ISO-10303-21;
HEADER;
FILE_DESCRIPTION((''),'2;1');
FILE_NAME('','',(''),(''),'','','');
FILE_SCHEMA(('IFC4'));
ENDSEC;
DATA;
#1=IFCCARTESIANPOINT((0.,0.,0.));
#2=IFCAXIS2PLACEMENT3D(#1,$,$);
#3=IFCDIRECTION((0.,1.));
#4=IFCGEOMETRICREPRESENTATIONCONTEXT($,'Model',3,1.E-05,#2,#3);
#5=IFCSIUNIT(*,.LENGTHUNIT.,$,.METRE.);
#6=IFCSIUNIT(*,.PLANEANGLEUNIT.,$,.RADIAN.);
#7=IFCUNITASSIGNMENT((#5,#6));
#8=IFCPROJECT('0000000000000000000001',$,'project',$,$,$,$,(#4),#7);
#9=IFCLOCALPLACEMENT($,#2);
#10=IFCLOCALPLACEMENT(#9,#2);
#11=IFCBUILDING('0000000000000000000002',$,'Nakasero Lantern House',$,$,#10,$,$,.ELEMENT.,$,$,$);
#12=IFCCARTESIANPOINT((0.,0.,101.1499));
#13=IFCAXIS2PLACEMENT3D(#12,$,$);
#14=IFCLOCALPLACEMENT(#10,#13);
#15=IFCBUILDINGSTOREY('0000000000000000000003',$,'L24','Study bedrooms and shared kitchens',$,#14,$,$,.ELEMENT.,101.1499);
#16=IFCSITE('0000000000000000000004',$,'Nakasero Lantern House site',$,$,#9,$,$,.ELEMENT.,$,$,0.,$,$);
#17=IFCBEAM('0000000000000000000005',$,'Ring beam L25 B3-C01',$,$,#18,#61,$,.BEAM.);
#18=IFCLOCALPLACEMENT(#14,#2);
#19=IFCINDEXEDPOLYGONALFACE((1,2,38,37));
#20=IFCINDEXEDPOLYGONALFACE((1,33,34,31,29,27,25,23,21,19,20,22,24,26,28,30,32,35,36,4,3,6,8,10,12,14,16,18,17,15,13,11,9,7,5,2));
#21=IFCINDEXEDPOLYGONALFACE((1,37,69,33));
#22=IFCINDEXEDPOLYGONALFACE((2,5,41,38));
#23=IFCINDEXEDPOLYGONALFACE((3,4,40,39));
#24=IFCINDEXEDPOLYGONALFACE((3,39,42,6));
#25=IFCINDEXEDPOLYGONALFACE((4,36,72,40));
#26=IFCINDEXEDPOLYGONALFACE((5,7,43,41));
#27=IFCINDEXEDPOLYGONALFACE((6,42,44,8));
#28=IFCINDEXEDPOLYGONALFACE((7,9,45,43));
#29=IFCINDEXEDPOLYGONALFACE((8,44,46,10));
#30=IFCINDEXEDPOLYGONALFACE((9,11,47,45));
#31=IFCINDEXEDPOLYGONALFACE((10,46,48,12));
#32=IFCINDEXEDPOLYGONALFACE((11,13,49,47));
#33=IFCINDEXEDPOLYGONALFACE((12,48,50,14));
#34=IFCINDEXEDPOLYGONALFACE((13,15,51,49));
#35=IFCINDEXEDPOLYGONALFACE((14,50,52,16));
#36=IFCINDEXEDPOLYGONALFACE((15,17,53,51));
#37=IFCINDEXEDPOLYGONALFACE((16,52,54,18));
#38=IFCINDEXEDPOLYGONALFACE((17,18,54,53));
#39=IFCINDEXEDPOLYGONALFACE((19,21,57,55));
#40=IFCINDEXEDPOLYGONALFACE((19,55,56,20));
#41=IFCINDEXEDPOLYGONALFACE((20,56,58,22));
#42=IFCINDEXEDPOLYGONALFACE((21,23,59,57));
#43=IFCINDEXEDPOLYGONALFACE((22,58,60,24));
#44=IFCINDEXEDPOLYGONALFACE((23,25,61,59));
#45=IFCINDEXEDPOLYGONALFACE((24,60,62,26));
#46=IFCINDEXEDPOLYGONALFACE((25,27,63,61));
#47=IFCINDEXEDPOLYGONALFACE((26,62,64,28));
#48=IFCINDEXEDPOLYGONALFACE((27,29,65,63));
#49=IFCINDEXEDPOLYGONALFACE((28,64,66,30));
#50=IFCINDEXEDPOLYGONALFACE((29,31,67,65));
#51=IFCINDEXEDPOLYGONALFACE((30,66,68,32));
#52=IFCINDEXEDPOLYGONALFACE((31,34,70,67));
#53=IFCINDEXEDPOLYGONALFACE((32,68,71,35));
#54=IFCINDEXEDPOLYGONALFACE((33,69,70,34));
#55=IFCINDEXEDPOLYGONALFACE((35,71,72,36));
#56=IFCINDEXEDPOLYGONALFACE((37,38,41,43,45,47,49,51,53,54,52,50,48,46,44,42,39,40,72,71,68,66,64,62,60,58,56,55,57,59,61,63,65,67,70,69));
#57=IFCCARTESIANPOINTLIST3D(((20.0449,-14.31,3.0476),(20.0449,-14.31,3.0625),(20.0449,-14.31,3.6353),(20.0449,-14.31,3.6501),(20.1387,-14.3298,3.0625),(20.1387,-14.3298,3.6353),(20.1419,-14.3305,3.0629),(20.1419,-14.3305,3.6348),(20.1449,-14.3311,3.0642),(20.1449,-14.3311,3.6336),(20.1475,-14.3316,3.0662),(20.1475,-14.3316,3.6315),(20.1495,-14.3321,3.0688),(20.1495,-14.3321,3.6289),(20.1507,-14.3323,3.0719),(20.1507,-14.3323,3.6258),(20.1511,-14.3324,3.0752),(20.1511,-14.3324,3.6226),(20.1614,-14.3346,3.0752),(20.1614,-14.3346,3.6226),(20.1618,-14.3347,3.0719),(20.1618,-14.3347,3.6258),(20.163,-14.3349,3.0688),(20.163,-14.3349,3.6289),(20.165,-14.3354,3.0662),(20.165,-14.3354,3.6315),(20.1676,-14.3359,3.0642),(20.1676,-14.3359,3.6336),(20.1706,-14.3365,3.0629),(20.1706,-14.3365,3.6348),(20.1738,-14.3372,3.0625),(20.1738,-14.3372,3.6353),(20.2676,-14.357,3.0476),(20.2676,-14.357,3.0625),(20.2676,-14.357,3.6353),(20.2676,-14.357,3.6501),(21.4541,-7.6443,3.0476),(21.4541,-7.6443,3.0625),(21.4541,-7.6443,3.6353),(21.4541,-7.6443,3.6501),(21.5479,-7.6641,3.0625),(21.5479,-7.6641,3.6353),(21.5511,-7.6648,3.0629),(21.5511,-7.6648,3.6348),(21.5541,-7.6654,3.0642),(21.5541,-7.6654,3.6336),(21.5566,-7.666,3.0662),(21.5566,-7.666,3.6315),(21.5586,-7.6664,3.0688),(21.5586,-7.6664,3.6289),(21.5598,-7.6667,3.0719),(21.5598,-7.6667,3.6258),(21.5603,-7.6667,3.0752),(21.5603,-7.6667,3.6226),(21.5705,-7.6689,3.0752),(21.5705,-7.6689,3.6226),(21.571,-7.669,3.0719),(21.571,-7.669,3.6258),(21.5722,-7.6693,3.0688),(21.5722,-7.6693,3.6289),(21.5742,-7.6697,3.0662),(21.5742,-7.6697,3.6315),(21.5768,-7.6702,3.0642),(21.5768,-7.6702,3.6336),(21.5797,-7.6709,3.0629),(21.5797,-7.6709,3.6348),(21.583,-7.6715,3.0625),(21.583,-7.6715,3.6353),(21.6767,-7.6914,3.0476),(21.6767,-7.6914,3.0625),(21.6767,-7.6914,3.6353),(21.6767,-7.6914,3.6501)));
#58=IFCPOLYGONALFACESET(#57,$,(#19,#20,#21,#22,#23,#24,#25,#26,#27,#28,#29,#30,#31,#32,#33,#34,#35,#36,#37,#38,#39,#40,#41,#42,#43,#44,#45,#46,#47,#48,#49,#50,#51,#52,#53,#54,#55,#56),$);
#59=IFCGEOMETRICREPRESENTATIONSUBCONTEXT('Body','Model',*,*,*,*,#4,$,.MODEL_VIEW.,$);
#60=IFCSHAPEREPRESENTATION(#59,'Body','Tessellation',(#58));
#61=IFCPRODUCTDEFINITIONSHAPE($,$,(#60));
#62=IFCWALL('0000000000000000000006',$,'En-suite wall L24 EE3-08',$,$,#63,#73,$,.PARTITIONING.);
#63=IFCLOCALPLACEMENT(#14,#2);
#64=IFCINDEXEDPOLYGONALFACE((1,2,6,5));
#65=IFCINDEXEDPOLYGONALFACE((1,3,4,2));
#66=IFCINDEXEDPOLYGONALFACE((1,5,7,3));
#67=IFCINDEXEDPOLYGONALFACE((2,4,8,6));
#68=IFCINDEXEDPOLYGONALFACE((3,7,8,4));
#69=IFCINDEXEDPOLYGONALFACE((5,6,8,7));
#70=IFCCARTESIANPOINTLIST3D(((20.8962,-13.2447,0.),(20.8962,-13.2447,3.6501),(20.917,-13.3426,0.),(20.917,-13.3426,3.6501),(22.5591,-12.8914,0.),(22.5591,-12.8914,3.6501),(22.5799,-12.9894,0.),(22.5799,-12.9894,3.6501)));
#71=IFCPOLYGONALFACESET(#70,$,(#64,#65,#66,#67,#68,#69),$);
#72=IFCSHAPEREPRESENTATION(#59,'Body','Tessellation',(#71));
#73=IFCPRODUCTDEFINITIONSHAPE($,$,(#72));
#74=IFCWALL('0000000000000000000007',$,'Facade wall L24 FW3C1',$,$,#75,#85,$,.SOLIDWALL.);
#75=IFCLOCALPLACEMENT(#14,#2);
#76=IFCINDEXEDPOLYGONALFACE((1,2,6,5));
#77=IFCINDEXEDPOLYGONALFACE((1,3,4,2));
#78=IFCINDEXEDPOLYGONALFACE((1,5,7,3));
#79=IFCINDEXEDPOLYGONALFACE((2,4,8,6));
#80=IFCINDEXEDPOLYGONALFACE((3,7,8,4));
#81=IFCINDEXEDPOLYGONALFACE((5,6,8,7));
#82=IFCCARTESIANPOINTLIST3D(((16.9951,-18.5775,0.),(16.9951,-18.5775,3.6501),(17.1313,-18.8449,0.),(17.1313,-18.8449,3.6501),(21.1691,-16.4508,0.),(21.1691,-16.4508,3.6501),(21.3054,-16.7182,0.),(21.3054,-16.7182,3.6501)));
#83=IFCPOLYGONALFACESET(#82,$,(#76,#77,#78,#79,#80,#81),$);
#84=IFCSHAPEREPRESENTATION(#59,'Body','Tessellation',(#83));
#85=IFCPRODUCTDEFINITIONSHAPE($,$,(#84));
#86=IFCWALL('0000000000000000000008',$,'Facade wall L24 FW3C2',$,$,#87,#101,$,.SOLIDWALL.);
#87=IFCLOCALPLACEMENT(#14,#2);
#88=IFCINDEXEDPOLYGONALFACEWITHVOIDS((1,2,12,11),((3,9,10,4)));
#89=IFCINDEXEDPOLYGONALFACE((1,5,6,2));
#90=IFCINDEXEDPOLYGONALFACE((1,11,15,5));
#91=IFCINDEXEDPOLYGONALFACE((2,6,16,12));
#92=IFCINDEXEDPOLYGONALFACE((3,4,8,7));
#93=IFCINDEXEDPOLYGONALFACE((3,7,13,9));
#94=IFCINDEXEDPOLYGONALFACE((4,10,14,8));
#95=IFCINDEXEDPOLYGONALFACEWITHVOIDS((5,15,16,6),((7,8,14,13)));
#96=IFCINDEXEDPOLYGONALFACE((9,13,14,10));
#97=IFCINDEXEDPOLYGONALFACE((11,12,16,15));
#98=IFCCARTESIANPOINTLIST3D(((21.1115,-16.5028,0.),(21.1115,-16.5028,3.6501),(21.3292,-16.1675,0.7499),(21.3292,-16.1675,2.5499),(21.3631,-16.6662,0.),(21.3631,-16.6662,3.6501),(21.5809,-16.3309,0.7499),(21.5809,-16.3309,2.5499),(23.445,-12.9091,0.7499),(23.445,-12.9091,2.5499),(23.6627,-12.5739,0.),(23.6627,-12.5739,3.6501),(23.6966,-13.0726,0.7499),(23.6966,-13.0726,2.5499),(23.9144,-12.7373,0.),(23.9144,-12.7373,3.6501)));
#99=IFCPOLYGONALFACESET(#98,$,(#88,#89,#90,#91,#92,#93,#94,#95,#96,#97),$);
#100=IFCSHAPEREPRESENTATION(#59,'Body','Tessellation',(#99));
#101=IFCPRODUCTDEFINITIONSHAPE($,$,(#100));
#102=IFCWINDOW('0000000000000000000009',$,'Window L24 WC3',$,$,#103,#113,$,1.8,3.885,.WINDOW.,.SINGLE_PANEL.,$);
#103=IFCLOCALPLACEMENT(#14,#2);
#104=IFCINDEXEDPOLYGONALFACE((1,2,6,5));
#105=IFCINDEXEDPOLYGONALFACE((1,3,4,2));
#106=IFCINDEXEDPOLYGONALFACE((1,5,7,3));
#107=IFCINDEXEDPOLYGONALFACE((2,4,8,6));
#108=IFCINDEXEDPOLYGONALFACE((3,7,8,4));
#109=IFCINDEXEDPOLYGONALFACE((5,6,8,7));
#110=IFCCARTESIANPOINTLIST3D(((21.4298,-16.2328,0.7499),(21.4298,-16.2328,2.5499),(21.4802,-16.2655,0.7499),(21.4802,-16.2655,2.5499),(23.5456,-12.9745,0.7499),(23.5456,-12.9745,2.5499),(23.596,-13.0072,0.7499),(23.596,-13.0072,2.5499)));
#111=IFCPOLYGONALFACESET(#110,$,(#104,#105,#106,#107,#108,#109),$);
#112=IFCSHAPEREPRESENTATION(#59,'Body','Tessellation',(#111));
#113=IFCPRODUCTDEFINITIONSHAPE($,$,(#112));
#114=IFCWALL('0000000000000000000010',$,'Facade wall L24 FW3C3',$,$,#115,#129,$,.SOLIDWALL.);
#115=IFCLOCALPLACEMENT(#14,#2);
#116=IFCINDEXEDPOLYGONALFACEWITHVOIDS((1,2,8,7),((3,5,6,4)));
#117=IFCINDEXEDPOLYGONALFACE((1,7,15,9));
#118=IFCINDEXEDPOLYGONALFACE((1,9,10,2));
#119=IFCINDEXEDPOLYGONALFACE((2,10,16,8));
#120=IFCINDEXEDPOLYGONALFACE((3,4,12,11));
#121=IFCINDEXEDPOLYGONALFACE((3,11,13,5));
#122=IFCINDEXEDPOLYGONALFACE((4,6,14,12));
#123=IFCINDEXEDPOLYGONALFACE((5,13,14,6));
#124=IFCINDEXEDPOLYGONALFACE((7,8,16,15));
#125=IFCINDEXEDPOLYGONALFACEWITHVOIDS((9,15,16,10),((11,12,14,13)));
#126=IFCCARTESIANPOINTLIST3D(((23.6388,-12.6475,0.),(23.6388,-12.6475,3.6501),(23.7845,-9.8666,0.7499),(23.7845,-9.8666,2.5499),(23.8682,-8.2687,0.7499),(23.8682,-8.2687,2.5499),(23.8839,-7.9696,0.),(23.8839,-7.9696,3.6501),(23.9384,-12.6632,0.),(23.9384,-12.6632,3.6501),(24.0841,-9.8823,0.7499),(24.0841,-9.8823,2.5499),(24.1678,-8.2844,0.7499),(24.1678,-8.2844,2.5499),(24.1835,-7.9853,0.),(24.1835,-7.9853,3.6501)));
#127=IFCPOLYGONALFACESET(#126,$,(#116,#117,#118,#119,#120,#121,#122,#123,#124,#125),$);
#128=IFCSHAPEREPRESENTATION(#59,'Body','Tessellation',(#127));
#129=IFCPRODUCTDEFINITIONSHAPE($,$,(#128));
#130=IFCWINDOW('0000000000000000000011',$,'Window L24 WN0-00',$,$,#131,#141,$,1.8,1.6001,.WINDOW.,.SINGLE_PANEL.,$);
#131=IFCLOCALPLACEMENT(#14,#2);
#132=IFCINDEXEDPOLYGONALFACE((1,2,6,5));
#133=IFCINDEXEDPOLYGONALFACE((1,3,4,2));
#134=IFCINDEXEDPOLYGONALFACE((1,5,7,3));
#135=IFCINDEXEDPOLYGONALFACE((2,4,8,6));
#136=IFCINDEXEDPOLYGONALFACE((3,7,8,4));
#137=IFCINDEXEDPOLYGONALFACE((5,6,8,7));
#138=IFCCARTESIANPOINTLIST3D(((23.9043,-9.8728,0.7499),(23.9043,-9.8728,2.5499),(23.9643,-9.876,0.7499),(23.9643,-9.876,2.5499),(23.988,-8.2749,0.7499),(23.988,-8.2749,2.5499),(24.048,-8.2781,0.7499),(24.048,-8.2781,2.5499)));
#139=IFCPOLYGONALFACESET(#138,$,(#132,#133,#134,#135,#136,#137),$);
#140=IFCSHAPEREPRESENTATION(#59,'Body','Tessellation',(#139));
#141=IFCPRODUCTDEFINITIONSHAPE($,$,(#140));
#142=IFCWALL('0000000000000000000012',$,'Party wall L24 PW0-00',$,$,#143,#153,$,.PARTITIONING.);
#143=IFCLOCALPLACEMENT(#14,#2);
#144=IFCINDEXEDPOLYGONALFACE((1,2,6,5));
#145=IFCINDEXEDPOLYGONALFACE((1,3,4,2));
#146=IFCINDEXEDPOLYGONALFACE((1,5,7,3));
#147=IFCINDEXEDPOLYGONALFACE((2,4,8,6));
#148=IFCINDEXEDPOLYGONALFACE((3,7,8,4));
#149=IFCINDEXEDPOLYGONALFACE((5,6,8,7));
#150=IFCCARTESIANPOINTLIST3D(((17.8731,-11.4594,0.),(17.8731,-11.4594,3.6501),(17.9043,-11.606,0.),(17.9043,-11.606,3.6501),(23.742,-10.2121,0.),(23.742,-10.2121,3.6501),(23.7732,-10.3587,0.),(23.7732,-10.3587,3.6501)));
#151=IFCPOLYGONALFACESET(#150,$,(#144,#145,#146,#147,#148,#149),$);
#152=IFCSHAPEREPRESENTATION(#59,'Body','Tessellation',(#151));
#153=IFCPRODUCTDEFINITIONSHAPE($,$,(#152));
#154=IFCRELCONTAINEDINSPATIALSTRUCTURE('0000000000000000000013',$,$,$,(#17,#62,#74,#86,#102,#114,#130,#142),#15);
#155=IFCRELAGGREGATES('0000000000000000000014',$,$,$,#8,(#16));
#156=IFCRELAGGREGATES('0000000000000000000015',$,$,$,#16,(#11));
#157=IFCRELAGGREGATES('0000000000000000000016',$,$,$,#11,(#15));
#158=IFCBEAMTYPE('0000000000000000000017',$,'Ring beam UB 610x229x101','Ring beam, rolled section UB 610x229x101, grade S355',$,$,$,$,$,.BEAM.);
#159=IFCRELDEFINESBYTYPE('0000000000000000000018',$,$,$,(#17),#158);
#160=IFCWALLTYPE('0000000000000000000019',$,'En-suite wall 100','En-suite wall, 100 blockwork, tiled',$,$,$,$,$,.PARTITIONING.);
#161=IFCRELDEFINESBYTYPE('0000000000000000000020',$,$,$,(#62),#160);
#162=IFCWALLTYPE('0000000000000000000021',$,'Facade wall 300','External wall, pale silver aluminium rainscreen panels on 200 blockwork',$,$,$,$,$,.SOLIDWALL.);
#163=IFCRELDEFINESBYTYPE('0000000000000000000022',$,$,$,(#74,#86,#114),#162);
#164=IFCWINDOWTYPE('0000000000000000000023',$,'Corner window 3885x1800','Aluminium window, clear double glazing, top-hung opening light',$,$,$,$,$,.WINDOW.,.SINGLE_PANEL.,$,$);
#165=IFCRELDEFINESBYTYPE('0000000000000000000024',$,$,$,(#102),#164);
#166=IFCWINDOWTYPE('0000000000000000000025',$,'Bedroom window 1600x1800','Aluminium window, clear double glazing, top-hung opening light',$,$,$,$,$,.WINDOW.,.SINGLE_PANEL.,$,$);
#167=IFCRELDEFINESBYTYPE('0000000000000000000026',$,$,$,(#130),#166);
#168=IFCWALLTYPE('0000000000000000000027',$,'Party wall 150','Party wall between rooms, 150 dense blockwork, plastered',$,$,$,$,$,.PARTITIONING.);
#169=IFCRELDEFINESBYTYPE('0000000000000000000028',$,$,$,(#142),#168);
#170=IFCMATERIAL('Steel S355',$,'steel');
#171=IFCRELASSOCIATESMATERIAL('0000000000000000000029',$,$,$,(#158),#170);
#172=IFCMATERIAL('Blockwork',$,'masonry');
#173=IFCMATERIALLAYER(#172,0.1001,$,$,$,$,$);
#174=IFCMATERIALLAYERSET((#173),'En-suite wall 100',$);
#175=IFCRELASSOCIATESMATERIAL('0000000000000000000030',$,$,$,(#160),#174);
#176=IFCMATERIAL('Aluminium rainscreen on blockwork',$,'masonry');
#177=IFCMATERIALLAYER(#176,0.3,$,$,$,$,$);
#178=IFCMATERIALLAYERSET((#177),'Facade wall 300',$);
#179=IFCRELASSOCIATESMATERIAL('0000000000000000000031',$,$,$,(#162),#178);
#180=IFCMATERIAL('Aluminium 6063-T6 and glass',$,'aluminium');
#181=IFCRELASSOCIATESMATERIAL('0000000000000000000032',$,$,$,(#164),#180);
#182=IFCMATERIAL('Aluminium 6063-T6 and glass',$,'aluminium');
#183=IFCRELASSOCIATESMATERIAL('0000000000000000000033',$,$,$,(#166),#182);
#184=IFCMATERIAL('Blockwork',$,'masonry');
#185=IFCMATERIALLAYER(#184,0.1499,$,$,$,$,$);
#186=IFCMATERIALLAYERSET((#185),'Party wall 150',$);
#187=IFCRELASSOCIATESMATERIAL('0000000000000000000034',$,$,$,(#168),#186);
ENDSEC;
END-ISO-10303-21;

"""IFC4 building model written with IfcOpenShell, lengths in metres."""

from ifc_helpers import new_model, si_unit, direction, frame, frame_2d, origin, origin_2d, place, context, subcontext, project, spatial, rectangle, i_section, extrude, material, layer, layer_set, material_profile, profile_set, type_object, element, fill, save


model = new_model("IFC4")

# Units and contexts
model_context = context("Model", 3, precision=1e-05, world=origin(), true_north=direction((0.0, 1.0)))
body_context = subcontext(model_context, "Body", "Model", "MODEL_VIEW")
ifc_project = project(units=[si_unit("LENGTHUNIT", "METRE"), si_unit("PLANEANGLEUNIT", "RADIAN")], contexts=[model_context])

# Site, building, storey
site_placement = place(None, origin())
site = spatial("IfcSite", under=ifc_project, at=site_placement, Name="Nakasero Lantern House site", CompositionType="ELEMENT", RefElevation=0.0)
building_placement = place(site_placement, origin())
building = spatial("IfcBuilding", under=site, at=building_placement, Name="Nakasero Lantern House", CompositionType="ELEMENT")
storey_placement = place(building_placement, frame((0.0, 0.0, 101.1499)))
storey = spatial("IfcBuildingStorey", under=building, at=storey_placement, Name="L24", Description="Study bedrooms and shared kitchens", CompositionType="ELEMENT", Elevation=101.1499)

# Beam
ifc_material_1 = material(Name="Steel S355", Category="steel")
ifc_material_profile_1 = material_profile(ifc_material_1, i_section(OverallWidth=0.2275, OverallDepth=0.6025, WebThickness=0.0105, FlangeThickness=0.0149, FilletRadius=0.0127, at=origin_2d()), Name="UB 610x229x101")
ifc_profile_set_1 = profile_set([ifc_material_profile_1], Name="Steel S355")
beam_type_1 = type_object("IfcBeamType", Name="Ring beam UB 610x229x101", Description="Ring beam, rolled section UB 610x229x101, grade S355", PredefinedType="BEAM", material=ifc_profile_set_1)
beam_1_placement = place(storey_placement, frame((20.1562, -14.3335, 3.3489), z_axis=(0.206834, 0.978376, 0.0), x_axis=(-0.978376, 0.206834, 0.0)))
element("IfcBeam", 1, at=beam_1_placement, inside=storey, type_object=beam_type_1, Name="Ring beam L25 B3-C01", PredefinedType="BEAM", context=body_context, shape_type="SweptSolid", body=[
    extrude(i_section(OverallWidth=0.2275, OverallDepth=0.6025, WebThickness=0.0105, FlangeThickness=0.0149, FilletRadius=0.0127, at=origin_2d()), origin(), (0.0, 0.0, 1.0), 6.813),
])

# Walls
ifc_material_2 = material(Name="Blockwork", Category="masonry")
ifc_layer_1 = layer(ifc_material_2, 0.1001)
ifc_layer_set_1 = layer_set([ifc_layer_1], Name="En-suite wall 100")
wall_type_1 = type_object("IfcWallType", Name="En-suite wall 100", Description="En-suite wall, 100 blockwork, tiled", PredefinedType="PARTITIONING", material=ifc_layer_set_1)
wall_1_placement = place(storey_placement, frame((20.9065, -13.2937, 0.0), z_axis=(0.0, 0.0, 1.0), x_axis=(0.978169, 0.207812, 0.0)))
element("IfcWall", 2, at=wall_1_placement, inside=storey, type_object=wall_type_1, Name="En-suite wall L24 EE3-08", PredefinedType="PARTITIONING", context=body_context, shape_type="SweptSolid", body=[
    extrude(rectangle(XDim=1.7, YDim=0.1001, at=frame_2d((0.8501, 0.0))), origin(), (0.0, 0.0, 1.0), 3.6501),
])
ifc_material_3 = material(Name="Aluminium rainscreen on blockwork", Category="masonry")
ifc_layer_2 = layer(ifc_material_3, 0.3)
ifc_layer_set_2 = layer_set([ifc_layer_2], Name="Facade wall 300")
wall_type_2 = type_object("IfcWallType", Name="Facade wall 300", Description="External wall, pale silver aluminium rainscreen panels on 200 blockwork", PredefinedType="SOLIDWALL", material=ifc_layer_set_2)
wall_2_placement = place(storey_placement, frame((17.0632, -18.7112, 0.0), z_axis=(0.0, 0.0, 1.0), x_axis=(0.891014, 0.453976, 0.0)))
element("IfcWall", 3, at=wall_2_placement, inside=storey, type_object=wall_type_2, Name="Facade wall L24 FW3C1", PredefinedType="SOLIDWALL", context=body_context, shape_type="SweptSolid", body=[
    extrude(rectangle(XDim=4.6846, YDim=0.3, at=frame_2d((2.3423, 0.0))), origin(), (0.0, 0.0, 1.0), 3.6501),
])

# Walls, openings, windows
wall_3_placement = place(storey_placement, frame((21.2373, -16.5845, 0.0), z_axis=(0.0, 0.0, 1.0), x_axis=(0.544605, 0.838692, 0.0)))
wall_3 = element("IfcWall", 4, at=wall_3_placement, inside=storey, type_object=wall_type_2, Name="Facade wall L24 FW3C2", PredefinedType="SOLIDWALL", context=body_context, shape_type="SweptSolid", body=[
    extrude(rectangle(XDim=4.6846, YDim=0.3, at=frame_2d((2.3423, 0.0))), origin(), (0.0, 0.0, 1.0), 3.6501),
])
opening_1_placement = place(wall_3_placement, frame((0.3999, 0.0, 0.75)))
opening_1 = element("IfcOpeningElement", 5, at=opening_1_placement, cuts=wall_3, PredefinedType="OPENING", context=body_context, shape_type="SweptSolid", body=[
    extrude(rectangle(XDim=3.885, YDim=1.8, at=frame_2d((1.9424, 0.8999))), frame((0.0, 0.1699, 0.0), z_axis=(0.0, -1.0, 0.0), x_axis=(1.0, 0.0, 0.0)), (0.0, 0.0, 1.0), 0.3401),
])
ifc_material_4 = material(Name="Aluminium 6063-T6 and glass", Category="aluminium")
window_type_1 = type_object("IfcWindowType", Name="Corner window 3885x1800", Description="Aluminium window, clear double glazing, top-hung opening light", PartitioningType="SINGLE_PANEL", PredefinedType="WINDOW", material=ifc_material_4)
window_1_placement = place(opening_1_placement, origin())
window_1 = element("IfcWindow", 6, at=window_1_placement, inside=storey, type_object=window_type_1, Name="Window L24 WC3", OverallHeight=1.8, OverallWidth=3.885, PartitioningType="SINGLE_PANEL", PredefinedType="WINDOW", context=body_context, shape_type="SweptSolid", body=[
    extrude(rectangle(XDim=3.885, YDim=1.8, at=frame_2d((1.9424, 0.8999))), frame((0.0, 0.03, 0.0), z_axis=(0.0, -1.0, 0.0), x_axis=(1.0, 0.0, 0.0)), (0.0, 0.0, 1.0), 0.0601),
])
fill(opening_1, window_1)
wall_4_placement = place(storey_placement, frame((23.7886, -12.6555, 0.0), z_axis=(0.0, 0.0, 1.0), x_axis=(0.052326, 0.99863, 0.0)))
wall_4 = element("IfcWall", 7, at=wall_4_placement, inside=storey, type_object=wall_type_2, Name="Facade wall L24 FW3C3", PredefinedType="SOLIDWALL", context=body_context, shape_type="SweptSolid", body=[
    extrude(rectangle(XDim=4.6843, YDim=0.3, at=frame_2d((2.3423, 0.0))), origin(), (0.0, 0.0, 1.0), 3.6501),
])
opening_2_placement = place(wall_4_placement, frame((2.7849, 0.0, 0.75)))
opening_2 = element("IfcOpeningElement", 8, at=opening_2_placement, cuts=wall_4, PredefinedType="OPENING", context=body_context, shape_type="SweptSolid", body=[
    extrude(rectangle(XDim=1.6001, YDim=1.8, at=frame_2d((0.8, 0.8999))), frame((0.0, 0.1699, 0.0), z_axis=(0.0, -1.0, 0.0), x_axis=(1.0, 0.0, 0.0)), (0.0, 0.0, 1.0), 0.3401),
])
ifc_material_5 = material(Name="Aluminium 6063-T6 and glass", Category="aluminium")
window_type_2 = type_object("IfcWindowType", Name="Bedroom window 1600x1800", Description="Aluminium window, clear double glazing, top-hung opening light", PartitioningType="SINGLE_PANEL", PredefinedType="WINDOW", material=ifc_material_5)
window_2_placement = place(opening_2_placement, origin())
window_2 = element("IfcWindow", 9, at=window_2_placement, inside=storey, type_object=window_type_2, Name="Window L24 WN0-00", OverallHeight=1.8, OverallWidth=1.6001, PartitioningType="SINGLE_PANEL", PredefinedType="WINDOW", context=body_context, shape_type="SweptSolid", body=[
    extrude(rectangle(XDim=1.6001, YDim=1.8, at=frame_2d((0.8, 0.8999))), frame((0.0, 0.03, 0.0), z_axis=(0.0, -1.0, 0.0), x_axis=(1.0, 0.0, 0.0)), (0.0, 0.0, 1.0), 0.0601),
])
fill(opening_2, window_2)

# Wall
ifc_material_6 = material(Name="Blockwork", Category="masonry")
ifc_layer_3 = layer(ifc_material_6, 0.1499)
ifc_layer_set_3 = layer_set([ifc_layer_3], Name="Party wall 150")
wall_type_3 = type_object("IfcWallType", Name="Party wall 150", Description="Party wall between rooms, 150 dense blockwork, plastered", PredefinedType="PARTITIONING", material=ifc_layer_set_3)
wall_5_placement = place(storey_placement, frame((17.8887, -11.5327, 0.0), z_axis=(0.0, 0.0, 1.0), x_axis=(0.978153, 0.207886, 0.0)))
element("IfcWall", 10, at=wall_5_placement, inside=storey, type_object=wall_type_3, Name="Party wall L24 PW0-00", PredefinedType="PARTITIONING", context=body_context, shape_type="SweptSolid", body=[
    extrude(rectangle(XDim=6.0, YDim=0.1499, at=frame_2d((3.0, 0.0))), origin(), (0.0, 0.0, 1.0), 3.6501),
])

save(model, "model.ifc")
